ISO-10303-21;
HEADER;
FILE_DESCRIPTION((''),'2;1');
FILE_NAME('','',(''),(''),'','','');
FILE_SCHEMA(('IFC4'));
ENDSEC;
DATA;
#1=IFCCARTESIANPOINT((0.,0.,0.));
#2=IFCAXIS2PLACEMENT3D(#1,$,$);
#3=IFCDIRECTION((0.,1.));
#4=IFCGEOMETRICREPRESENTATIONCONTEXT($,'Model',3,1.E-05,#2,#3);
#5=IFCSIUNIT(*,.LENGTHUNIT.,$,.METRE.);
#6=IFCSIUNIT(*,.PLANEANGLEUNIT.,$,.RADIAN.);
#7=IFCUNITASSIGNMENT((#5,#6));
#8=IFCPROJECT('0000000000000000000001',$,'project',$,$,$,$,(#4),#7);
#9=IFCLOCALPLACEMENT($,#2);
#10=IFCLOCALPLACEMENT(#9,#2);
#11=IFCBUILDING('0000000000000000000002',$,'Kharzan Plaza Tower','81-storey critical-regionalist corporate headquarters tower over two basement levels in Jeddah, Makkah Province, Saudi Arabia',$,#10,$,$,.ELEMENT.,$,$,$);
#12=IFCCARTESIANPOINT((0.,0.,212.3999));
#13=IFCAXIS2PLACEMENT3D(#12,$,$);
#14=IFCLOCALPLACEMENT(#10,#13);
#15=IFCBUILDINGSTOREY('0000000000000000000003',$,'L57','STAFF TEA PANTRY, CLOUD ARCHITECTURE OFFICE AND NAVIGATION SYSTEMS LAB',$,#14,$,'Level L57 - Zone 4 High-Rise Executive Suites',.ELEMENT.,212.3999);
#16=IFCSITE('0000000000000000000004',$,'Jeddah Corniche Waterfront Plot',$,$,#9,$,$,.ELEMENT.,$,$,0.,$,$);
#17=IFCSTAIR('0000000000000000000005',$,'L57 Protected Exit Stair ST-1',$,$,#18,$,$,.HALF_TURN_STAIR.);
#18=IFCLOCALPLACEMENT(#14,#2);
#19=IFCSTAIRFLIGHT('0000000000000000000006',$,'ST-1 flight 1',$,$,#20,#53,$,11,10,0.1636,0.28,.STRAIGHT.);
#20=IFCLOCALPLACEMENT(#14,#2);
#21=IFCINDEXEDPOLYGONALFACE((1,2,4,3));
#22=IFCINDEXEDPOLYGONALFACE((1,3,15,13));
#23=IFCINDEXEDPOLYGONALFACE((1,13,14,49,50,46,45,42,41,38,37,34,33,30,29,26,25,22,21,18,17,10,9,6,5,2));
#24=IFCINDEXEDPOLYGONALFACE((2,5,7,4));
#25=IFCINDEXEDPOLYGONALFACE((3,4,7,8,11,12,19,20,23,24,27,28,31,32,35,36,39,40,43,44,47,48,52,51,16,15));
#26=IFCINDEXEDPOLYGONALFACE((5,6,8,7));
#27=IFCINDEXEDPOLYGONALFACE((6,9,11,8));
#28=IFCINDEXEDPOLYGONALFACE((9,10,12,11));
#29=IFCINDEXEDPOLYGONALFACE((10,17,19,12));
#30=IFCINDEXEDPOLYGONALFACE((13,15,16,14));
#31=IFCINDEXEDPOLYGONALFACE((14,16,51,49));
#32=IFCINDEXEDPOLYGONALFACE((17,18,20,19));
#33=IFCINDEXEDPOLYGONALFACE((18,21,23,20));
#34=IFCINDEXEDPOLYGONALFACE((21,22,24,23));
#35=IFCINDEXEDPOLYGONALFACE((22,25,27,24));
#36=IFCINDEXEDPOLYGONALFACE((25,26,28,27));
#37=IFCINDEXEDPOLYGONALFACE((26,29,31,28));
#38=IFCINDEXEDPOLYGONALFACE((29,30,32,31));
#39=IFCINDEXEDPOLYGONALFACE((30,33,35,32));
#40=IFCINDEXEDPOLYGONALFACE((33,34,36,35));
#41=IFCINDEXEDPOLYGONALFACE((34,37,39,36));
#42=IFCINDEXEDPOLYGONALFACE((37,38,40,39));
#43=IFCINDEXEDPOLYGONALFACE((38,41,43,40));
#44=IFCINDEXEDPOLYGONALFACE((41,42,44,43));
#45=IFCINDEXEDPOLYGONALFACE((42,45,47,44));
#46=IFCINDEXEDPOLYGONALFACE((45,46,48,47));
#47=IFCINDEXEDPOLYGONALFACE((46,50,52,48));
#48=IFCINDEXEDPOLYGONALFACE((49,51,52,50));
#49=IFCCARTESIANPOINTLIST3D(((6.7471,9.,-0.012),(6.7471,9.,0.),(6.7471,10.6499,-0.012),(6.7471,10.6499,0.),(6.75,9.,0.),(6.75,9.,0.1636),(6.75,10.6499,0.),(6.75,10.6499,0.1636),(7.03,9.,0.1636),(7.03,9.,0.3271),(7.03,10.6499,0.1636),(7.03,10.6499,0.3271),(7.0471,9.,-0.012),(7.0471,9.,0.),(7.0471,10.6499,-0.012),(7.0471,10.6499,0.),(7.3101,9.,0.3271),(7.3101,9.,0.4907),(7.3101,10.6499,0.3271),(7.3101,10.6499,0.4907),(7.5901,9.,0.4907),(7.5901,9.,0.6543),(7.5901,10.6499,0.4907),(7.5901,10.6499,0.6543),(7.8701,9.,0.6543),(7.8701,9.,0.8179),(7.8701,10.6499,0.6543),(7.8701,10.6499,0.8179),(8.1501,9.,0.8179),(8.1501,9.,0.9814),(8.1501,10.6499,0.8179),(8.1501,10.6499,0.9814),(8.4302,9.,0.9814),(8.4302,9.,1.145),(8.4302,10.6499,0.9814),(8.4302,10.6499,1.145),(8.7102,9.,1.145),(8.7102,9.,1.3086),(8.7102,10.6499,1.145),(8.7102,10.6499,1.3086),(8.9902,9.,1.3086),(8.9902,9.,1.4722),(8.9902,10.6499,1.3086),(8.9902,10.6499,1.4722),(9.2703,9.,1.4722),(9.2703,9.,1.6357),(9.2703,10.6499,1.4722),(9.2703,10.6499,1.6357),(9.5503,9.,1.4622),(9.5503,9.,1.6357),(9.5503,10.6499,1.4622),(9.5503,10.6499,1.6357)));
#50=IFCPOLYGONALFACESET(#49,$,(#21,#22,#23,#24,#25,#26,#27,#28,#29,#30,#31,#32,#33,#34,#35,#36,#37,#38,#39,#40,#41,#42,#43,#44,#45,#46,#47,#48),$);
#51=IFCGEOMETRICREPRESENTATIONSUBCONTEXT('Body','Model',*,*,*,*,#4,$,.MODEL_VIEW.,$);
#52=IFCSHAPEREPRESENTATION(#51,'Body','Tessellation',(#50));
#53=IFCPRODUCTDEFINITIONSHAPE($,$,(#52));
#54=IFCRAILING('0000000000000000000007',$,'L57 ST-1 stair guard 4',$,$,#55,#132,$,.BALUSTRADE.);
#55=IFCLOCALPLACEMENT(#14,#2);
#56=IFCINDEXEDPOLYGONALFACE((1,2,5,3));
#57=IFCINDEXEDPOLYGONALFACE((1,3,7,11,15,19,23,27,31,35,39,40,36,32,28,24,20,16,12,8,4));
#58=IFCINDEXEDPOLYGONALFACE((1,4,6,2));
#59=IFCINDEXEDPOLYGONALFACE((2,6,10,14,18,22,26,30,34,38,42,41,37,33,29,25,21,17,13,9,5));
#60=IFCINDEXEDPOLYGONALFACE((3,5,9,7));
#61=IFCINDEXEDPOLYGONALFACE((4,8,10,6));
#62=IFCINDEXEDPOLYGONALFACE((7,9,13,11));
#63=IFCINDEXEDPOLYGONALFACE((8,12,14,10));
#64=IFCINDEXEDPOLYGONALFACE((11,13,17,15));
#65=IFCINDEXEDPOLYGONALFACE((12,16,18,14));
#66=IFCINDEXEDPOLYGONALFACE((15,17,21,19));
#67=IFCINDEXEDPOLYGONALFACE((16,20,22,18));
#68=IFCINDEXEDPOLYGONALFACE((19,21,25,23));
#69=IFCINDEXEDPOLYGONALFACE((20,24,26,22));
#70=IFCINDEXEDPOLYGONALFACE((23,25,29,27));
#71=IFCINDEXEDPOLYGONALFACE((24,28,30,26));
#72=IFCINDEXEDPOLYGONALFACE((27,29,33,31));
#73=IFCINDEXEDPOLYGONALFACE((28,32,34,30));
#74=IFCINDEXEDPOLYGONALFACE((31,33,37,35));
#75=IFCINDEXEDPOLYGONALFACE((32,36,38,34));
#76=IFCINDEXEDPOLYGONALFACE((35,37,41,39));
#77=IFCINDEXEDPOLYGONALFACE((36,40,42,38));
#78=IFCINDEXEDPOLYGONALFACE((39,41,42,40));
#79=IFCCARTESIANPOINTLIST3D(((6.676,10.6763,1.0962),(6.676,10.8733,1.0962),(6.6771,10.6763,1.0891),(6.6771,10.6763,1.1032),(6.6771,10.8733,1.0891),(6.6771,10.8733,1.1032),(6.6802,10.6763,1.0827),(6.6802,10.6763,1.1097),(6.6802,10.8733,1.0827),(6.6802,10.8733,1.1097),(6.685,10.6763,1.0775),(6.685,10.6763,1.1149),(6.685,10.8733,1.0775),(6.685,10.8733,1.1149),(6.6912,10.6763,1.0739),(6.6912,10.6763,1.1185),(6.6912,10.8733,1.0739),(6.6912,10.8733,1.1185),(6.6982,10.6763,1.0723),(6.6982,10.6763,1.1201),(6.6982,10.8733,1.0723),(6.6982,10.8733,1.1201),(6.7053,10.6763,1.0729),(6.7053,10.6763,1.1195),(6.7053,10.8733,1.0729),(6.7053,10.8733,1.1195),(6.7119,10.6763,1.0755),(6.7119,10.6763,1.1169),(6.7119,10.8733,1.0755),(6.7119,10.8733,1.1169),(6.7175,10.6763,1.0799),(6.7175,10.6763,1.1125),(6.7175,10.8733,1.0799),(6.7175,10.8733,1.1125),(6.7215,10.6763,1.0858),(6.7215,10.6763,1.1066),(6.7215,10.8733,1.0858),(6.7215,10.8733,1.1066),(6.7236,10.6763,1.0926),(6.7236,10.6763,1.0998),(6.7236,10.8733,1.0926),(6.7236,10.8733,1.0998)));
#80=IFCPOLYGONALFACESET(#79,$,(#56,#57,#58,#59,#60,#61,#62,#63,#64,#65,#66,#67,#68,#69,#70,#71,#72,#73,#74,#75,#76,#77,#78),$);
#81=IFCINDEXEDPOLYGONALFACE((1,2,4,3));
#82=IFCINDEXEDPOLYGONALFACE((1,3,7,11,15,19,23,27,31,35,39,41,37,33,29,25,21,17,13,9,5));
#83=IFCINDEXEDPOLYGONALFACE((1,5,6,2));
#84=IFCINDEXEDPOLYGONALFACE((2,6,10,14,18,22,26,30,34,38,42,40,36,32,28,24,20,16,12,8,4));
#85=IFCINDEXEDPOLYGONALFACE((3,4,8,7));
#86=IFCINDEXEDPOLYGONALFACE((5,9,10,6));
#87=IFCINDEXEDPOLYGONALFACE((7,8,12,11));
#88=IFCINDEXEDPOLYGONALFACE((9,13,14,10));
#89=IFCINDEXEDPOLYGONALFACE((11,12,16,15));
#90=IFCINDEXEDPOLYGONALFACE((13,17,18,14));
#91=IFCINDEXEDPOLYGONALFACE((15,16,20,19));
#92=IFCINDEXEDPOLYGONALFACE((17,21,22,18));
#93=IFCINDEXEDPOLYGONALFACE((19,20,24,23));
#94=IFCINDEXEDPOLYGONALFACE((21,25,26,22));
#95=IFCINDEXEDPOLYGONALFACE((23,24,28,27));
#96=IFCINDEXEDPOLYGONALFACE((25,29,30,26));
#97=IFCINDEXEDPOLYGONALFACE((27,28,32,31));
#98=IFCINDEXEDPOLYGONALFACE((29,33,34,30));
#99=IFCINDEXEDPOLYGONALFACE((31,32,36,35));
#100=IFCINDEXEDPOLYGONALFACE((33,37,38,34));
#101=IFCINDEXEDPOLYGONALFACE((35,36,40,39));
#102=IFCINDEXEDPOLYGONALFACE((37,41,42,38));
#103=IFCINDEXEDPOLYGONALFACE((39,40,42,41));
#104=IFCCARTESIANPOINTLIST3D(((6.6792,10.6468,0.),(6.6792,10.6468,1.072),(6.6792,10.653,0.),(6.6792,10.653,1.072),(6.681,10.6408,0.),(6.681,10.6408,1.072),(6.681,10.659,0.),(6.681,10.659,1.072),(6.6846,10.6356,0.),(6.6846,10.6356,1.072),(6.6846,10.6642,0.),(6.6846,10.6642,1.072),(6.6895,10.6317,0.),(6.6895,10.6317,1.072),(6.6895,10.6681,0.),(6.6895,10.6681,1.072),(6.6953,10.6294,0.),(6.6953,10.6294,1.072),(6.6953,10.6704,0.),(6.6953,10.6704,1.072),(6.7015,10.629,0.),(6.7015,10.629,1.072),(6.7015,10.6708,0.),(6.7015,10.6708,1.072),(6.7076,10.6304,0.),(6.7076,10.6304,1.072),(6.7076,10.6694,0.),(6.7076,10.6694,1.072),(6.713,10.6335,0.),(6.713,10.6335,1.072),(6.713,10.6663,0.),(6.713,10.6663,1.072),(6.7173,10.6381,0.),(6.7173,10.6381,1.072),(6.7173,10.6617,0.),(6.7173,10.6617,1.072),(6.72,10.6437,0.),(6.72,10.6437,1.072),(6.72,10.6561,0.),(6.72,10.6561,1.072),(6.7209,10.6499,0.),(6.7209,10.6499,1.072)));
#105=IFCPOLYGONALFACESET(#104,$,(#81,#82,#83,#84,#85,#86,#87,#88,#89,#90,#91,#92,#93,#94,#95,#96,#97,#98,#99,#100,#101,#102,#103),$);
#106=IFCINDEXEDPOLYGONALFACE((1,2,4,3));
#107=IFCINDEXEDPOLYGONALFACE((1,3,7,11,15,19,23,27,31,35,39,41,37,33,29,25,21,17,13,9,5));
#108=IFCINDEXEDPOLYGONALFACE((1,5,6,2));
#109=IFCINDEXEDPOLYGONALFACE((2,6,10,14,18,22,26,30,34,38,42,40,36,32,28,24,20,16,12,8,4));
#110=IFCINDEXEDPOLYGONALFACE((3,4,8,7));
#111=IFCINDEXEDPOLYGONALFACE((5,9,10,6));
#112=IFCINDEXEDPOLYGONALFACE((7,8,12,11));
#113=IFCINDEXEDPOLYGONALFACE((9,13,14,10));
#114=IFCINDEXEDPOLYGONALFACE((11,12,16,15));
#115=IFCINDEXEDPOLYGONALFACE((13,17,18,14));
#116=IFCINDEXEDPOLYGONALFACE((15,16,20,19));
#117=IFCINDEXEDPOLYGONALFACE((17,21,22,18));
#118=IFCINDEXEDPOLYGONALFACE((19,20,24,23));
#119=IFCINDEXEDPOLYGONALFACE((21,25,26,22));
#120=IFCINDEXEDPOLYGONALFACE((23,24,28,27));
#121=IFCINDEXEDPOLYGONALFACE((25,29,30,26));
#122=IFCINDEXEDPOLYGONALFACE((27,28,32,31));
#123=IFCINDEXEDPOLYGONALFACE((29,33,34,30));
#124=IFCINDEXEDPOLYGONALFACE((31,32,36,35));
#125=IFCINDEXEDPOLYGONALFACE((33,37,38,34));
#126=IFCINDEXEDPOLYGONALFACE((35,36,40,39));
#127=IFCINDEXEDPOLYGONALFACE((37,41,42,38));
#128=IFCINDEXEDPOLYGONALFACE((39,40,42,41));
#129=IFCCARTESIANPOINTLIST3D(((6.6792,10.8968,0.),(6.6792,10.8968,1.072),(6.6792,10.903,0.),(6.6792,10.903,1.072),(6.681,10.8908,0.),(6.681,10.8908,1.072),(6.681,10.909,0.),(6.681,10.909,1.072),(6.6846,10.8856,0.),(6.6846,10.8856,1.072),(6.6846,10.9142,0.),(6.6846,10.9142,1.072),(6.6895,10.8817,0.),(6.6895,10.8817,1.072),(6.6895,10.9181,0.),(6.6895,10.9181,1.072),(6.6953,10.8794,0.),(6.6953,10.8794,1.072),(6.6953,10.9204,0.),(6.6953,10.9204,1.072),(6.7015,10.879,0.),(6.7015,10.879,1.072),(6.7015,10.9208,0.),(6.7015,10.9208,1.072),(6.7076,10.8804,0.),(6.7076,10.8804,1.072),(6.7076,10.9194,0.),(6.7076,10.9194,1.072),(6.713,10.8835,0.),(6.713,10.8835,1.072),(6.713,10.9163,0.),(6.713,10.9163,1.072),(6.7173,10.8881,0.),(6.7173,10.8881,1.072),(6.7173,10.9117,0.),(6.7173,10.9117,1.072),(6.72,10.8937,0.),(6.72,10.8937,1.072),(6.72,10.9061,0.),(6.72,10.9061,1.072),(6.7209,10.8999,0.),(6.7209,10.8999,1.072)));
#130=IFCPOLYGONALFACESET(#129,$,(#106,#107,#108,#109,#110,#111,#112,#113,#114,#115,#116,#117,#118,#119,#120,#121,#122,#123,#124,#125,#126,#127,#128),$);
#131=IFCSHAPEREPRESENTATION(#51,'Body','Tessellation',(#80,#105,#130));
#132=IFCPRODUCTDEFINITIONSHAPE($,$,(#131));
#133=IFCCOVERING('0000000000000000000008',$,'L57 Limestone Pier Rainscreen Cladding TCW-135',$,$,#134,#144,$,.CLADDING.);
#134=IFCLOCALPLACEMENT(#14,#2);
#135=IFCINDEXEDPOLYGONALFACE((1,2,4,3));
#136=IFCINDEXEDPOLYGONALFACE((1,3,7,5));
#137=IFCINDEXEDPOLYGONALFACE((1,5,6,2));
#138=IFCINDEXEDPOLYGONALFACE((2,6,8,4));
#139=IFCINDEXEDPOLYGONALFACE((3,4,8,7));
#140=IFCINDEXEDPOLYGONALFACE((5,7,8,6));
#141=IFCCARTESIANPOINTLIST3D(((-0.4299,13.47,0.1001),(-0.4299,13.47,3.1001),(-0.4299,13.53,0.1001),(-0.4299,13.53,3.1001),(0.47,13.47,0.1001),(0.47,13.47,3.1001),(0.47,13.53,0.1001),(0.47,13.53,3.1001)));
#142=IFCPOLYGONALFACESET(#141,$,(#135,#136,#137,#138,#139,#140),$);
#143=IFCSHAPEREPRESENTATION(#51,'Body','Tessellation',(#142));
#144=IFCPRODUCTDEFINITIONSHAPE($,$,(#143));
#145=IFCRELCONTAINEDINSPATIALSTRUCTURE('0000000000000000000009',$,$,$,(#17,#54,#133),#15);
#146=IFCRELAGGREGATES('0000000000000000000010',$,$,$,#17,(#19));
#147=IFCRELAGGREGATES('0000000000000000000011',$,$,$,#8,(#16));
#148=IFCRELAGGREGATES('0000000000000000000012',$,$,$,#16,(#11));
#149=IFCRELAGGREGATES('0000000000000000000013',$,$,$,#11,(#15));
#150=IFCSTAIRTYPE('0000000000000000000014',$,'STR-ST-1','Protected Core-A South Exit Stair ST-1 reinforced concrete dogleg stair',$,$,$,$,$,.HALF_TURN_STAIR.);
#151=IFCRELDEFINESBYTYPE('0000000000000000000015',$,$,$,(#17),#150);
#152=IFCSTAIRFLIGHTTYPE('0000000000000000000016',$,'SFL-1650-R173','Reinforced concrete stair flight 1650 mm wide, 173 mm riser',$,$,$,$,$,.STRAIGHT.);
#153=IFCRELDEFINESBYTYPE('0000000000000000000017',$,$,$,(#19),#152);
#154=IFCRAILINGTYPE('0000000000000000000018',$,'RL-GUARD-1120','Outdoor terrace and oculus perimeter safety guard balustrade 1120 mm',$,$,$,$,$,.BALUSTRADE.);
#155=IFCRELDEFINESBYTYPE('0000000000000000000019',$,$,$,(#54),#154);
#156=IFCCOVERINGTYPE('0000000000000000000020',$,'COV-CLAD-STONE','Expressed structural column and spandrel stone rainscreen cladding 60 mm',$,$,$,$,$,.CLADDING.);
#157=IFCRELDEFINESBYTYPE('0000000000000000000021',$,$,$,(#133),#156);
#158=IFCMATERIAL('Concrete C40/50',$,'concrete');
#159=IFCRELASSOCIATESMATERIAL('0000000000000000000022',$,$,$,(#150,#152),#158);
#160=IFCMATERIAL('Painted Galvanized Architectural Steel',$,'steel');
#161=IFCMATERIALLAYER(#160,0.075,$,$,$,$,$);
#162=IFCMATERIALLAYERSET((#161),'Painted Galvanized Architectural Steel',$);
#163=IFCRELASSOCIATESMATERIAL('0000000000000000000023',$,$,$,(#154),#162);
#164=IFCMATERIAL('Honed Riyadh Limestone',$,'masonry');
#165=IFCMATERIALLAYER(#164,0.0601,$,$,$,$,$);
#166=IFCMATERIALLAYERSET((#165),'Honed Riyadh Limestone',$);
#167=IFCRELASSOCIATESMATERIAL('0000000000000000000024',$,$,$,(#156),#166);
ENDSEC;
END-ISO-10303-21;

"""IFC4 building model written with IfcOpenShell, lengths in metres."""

from ifc_helpers import new_model, si_unit, direction, frame, origin, origin_2d, place, context, subcontext, project, spatial, polyline, rectangle, circle, outline, extrude, source, transform, mapped, material, layer, layer_set, type_object, element, aggregate, save


model = new_model("IFC4")

# Units and contexts
model_context = context("Model", 3, precision=1e-05, world=origin(), true_north=direction((0.0, 1.0)))
body_context = subcontext(model_context, "Body", "Model", "MODEL_VIEW")
ifc_project = project(units=[si_unit("LENGTHUNIT", "METRE"), si_unit("PLANEANGLEUNIT", "RADIAN")], contexts=[model_context])

# Site, building, storey
site_placement = place(None, origin())
site = spatial("IfcSite", under=ifc_project, at=site_placement, Name="Jeddah Corniche Waterfront Plot", CompositionType="ELEMENT", RefElevation=0.0)
building_placement = place(site_placement, origin())
building = spatial("IfcBuilding", under=site, at=building_placement, Name="Kharzan Plaza Tower", Description="81-storey critical-regionalist corporate headquarters tower over two basement levels in Jeddah, Makkah Province, Saudi Arabia", CompositionType="ELEMENT")
storey_placement = place(building_placement, frame((0.0, 0.0, 212.3999)))
storey = spatial("IfcBuildingStorey", under=building, at=storey_placement, Name="L57", Description="STAFF TEA PANTRY, CLOUD ARCHITECTURE OFFICE AND NAVIGATION SYSTEMS LAB", LongName="Level L57 - Zone 4 High-Rise Executive Suites", CompositionType="ELEMENT", Elevation=212.3999)

# Shared definitions
ifc_material_1 = material(Name="Concrete C40/50", Category="concrete")

# Stair, stair flight
stair_type = type_object("IfcStairType", Name="STR-ST-1", Description="Protected Core-A South Exit Stair ST-1 reinforced concrete dogleg stair", PredefinedType="HALF_TURN_STAIR", material=ifc_material_1)
stair_placement = place(storey_placement, origin())
stair = element("IfcStair", 1, at=stair_placement, inside=storey, type_object=stair_type, Name="L57 Protected Exit Stair ST-1", PredefinedType="HALF_TURN_STAIR")
stair_flight_type = type_object("IfcStairFlightType", Name="SFL-1650-R173", Description="Reinforced concrete stair flight 1650 mm wide, 173 mm riser", PredefinedType="STRAIGHT", material=ifc_material_1)
shared_shape_1 = source(origin(), body_context, "Body", "SweptSolid", [
    extrude(outline(polyline([(-0.0029, -0.012), (-0.0029, 0.0), (0.0, 0.0), (0.0, 0.1636), (0.28, 0.1636), (0.28, 0.3271), (0.5601, 0.3271), (0.5601, 0.4907), (0.8401, 0.4907), (0.8401, 0.6543), (1.1201, 0.6543), (1.1201, 0.8179), (1.4001, 0.8179), (1.4001, 0.9814), (1.6802, 0.9814), (1.6802, 1.145), (1.9602, 1.145), (1.9602, 1.3086), (2.2402, 1.3086), (2.2402, 1.4722), (2.5203, 1.4722), (2.5203, 1.6357), (2.8003, 1.6357), (2.8003, 1.7993), (2.8003, 1.4622), (0.2971, 0.0), (0.2971, -0.012), (-0.0029, -0.012)])), frame((0.0, 0.825, 0.0), z_axis=(0.0, -1.0, 0.0), x_axis=(1.0, 0.0, 0.0)), (0.0, 0.0, 1.0), 1.6499),
])
stair_flight_placement = place(storey_placement, frame((6.75, 9.825, 0.0), z_axis=(0.0, 0.0, 1.0), x_axis=(1.0, 0.0, 0.0)))
stair_flight = element("IfcStairFlight", 2, at=stair_flight_placement, type_object=stair_flight_type, Name="ST-1 flight 1", NumberOfRisers=11, NumberOfTreads=10, PredefinedType="STRAIGHT", RiserHeight=0.1636, TreadLength=0.28, context=body_context, shape_type="MappedRepresentation", body=[
    mapped(shared_shape_1, transform((0.0, 0.0, 0.0), x_axis=(1.0, 0.0, 0.0), y_axis=(0.0, 1.0, 0.0), z_axis=(0.0, 0.0, 1.0))),
])
aggregate(stair, [stair_flight])

# Railing
ifc_material_2 = material(Name="Painted Galvanized Architectural Steel", Category="steel")
ifc_layer_1 = layer(ifc_material_2, 0.075)
ifc_layer_set_1 = layer_set([ifc_layer_1], Name="Painted Galvanized Architectural Steel")
railing_type_1 = type_object("IfcRailingType", Name="RL-GUARD-1120", Description="Outdoor terrace and oculus perimeter safety guard balustrade 1120 mm", PredefinedType="BALUSTRADE", material=ifc_layer_set_1)
shared_shape_2 = source(origin(), body_context, "Body", "SweptSolid", [
    extrude(circle(Radius=0.0239, at=origin_2d()), frame((0.0, 0.0264, 1.0962), z_axis=(0.0, 1.0, 0.0), x_axis=(-1.0, 0.0, 0.0)), (0.0, 0.0, 1.0), 0.197),
    extrude(circle(Radius=0.021, at=origin_2d()), origin(), (0.0, 0.0, 1.0), 1.072),
    extrude(circle(Radius=0.021, at=origin_2d()), frame((0.0, 0.25, 0.0)), (0.0, 0.0, 1.0), 1.072),
])
railing_1_placement = place(storey_placement, frame((6.7, 10.6499, 0.0)))
element("IfcRailing", 3, at=railing_1_placement, inside=storey, type_object=railing_type_1, Name="L57 ST-1 stair guard 4", PredefinedType="BALUSTRADE", context=body_context, shape_type="MappedRepresentation", body=[
    mapped(shared_shape_2, transform((0.0, 0.0, 0.0), x_axis=(1.0, 0.0, 0.0), y_axis=(0.0, 1.0, 0.0), z_axis=(0.0, 0.0, 1.0))),
])

# Covering
ifc_material_3 = material(Name="Honed Riyadh Limestone", Category="masonry")
ifc_layer_2 = layer(ifc_material_3, 0.0601)
ifc_layer_set_2 = layer_set([ifc_layer_2], Name="Honed Riyadh Limestone")
covering_type = type_object("IfcCoveringType", Name="COV-CLAD-STONE", Description="Expressed structural column and spandrel stone rainscreen cladding 60 mm", PredefinedType="CLADDING", material=ifc_layer_set_2)
shared_shape_3 = source(origin(), body_context, "Body", "SweptSolid", [
    extrude(rectangle(XDim=0.0601, YDim=0.8999, at=origin_2d()), origin(), (0.0, 0.0, 1.0), 3.0),
])
covering_placement = place(storey_placement, frame((0.02, 13.5, 0.1001), z_axis=(0.0, 0.0, 1.0), x_axis=(0.0, 1.0, 0.0)))
element("IfcCovering", 4, at=covering_placement, inside=storey, type_object=covering_type, Name="L57 Limestone Pier Rainscreen Cladding TCW-135", PredefinedType="CLADDING", context=body_context, shape_type="MappedRepresentation", body=[
    mapped(shared_shape_3, transform((0.0, 0.0, 0.0), x_axis=(1.0, 0.0, 0.0), y_axis=(0.0, 1.0, 0.0), z_axis=(0.0, 0.0, 1.0))),
])

save(model, "model.ifc")
